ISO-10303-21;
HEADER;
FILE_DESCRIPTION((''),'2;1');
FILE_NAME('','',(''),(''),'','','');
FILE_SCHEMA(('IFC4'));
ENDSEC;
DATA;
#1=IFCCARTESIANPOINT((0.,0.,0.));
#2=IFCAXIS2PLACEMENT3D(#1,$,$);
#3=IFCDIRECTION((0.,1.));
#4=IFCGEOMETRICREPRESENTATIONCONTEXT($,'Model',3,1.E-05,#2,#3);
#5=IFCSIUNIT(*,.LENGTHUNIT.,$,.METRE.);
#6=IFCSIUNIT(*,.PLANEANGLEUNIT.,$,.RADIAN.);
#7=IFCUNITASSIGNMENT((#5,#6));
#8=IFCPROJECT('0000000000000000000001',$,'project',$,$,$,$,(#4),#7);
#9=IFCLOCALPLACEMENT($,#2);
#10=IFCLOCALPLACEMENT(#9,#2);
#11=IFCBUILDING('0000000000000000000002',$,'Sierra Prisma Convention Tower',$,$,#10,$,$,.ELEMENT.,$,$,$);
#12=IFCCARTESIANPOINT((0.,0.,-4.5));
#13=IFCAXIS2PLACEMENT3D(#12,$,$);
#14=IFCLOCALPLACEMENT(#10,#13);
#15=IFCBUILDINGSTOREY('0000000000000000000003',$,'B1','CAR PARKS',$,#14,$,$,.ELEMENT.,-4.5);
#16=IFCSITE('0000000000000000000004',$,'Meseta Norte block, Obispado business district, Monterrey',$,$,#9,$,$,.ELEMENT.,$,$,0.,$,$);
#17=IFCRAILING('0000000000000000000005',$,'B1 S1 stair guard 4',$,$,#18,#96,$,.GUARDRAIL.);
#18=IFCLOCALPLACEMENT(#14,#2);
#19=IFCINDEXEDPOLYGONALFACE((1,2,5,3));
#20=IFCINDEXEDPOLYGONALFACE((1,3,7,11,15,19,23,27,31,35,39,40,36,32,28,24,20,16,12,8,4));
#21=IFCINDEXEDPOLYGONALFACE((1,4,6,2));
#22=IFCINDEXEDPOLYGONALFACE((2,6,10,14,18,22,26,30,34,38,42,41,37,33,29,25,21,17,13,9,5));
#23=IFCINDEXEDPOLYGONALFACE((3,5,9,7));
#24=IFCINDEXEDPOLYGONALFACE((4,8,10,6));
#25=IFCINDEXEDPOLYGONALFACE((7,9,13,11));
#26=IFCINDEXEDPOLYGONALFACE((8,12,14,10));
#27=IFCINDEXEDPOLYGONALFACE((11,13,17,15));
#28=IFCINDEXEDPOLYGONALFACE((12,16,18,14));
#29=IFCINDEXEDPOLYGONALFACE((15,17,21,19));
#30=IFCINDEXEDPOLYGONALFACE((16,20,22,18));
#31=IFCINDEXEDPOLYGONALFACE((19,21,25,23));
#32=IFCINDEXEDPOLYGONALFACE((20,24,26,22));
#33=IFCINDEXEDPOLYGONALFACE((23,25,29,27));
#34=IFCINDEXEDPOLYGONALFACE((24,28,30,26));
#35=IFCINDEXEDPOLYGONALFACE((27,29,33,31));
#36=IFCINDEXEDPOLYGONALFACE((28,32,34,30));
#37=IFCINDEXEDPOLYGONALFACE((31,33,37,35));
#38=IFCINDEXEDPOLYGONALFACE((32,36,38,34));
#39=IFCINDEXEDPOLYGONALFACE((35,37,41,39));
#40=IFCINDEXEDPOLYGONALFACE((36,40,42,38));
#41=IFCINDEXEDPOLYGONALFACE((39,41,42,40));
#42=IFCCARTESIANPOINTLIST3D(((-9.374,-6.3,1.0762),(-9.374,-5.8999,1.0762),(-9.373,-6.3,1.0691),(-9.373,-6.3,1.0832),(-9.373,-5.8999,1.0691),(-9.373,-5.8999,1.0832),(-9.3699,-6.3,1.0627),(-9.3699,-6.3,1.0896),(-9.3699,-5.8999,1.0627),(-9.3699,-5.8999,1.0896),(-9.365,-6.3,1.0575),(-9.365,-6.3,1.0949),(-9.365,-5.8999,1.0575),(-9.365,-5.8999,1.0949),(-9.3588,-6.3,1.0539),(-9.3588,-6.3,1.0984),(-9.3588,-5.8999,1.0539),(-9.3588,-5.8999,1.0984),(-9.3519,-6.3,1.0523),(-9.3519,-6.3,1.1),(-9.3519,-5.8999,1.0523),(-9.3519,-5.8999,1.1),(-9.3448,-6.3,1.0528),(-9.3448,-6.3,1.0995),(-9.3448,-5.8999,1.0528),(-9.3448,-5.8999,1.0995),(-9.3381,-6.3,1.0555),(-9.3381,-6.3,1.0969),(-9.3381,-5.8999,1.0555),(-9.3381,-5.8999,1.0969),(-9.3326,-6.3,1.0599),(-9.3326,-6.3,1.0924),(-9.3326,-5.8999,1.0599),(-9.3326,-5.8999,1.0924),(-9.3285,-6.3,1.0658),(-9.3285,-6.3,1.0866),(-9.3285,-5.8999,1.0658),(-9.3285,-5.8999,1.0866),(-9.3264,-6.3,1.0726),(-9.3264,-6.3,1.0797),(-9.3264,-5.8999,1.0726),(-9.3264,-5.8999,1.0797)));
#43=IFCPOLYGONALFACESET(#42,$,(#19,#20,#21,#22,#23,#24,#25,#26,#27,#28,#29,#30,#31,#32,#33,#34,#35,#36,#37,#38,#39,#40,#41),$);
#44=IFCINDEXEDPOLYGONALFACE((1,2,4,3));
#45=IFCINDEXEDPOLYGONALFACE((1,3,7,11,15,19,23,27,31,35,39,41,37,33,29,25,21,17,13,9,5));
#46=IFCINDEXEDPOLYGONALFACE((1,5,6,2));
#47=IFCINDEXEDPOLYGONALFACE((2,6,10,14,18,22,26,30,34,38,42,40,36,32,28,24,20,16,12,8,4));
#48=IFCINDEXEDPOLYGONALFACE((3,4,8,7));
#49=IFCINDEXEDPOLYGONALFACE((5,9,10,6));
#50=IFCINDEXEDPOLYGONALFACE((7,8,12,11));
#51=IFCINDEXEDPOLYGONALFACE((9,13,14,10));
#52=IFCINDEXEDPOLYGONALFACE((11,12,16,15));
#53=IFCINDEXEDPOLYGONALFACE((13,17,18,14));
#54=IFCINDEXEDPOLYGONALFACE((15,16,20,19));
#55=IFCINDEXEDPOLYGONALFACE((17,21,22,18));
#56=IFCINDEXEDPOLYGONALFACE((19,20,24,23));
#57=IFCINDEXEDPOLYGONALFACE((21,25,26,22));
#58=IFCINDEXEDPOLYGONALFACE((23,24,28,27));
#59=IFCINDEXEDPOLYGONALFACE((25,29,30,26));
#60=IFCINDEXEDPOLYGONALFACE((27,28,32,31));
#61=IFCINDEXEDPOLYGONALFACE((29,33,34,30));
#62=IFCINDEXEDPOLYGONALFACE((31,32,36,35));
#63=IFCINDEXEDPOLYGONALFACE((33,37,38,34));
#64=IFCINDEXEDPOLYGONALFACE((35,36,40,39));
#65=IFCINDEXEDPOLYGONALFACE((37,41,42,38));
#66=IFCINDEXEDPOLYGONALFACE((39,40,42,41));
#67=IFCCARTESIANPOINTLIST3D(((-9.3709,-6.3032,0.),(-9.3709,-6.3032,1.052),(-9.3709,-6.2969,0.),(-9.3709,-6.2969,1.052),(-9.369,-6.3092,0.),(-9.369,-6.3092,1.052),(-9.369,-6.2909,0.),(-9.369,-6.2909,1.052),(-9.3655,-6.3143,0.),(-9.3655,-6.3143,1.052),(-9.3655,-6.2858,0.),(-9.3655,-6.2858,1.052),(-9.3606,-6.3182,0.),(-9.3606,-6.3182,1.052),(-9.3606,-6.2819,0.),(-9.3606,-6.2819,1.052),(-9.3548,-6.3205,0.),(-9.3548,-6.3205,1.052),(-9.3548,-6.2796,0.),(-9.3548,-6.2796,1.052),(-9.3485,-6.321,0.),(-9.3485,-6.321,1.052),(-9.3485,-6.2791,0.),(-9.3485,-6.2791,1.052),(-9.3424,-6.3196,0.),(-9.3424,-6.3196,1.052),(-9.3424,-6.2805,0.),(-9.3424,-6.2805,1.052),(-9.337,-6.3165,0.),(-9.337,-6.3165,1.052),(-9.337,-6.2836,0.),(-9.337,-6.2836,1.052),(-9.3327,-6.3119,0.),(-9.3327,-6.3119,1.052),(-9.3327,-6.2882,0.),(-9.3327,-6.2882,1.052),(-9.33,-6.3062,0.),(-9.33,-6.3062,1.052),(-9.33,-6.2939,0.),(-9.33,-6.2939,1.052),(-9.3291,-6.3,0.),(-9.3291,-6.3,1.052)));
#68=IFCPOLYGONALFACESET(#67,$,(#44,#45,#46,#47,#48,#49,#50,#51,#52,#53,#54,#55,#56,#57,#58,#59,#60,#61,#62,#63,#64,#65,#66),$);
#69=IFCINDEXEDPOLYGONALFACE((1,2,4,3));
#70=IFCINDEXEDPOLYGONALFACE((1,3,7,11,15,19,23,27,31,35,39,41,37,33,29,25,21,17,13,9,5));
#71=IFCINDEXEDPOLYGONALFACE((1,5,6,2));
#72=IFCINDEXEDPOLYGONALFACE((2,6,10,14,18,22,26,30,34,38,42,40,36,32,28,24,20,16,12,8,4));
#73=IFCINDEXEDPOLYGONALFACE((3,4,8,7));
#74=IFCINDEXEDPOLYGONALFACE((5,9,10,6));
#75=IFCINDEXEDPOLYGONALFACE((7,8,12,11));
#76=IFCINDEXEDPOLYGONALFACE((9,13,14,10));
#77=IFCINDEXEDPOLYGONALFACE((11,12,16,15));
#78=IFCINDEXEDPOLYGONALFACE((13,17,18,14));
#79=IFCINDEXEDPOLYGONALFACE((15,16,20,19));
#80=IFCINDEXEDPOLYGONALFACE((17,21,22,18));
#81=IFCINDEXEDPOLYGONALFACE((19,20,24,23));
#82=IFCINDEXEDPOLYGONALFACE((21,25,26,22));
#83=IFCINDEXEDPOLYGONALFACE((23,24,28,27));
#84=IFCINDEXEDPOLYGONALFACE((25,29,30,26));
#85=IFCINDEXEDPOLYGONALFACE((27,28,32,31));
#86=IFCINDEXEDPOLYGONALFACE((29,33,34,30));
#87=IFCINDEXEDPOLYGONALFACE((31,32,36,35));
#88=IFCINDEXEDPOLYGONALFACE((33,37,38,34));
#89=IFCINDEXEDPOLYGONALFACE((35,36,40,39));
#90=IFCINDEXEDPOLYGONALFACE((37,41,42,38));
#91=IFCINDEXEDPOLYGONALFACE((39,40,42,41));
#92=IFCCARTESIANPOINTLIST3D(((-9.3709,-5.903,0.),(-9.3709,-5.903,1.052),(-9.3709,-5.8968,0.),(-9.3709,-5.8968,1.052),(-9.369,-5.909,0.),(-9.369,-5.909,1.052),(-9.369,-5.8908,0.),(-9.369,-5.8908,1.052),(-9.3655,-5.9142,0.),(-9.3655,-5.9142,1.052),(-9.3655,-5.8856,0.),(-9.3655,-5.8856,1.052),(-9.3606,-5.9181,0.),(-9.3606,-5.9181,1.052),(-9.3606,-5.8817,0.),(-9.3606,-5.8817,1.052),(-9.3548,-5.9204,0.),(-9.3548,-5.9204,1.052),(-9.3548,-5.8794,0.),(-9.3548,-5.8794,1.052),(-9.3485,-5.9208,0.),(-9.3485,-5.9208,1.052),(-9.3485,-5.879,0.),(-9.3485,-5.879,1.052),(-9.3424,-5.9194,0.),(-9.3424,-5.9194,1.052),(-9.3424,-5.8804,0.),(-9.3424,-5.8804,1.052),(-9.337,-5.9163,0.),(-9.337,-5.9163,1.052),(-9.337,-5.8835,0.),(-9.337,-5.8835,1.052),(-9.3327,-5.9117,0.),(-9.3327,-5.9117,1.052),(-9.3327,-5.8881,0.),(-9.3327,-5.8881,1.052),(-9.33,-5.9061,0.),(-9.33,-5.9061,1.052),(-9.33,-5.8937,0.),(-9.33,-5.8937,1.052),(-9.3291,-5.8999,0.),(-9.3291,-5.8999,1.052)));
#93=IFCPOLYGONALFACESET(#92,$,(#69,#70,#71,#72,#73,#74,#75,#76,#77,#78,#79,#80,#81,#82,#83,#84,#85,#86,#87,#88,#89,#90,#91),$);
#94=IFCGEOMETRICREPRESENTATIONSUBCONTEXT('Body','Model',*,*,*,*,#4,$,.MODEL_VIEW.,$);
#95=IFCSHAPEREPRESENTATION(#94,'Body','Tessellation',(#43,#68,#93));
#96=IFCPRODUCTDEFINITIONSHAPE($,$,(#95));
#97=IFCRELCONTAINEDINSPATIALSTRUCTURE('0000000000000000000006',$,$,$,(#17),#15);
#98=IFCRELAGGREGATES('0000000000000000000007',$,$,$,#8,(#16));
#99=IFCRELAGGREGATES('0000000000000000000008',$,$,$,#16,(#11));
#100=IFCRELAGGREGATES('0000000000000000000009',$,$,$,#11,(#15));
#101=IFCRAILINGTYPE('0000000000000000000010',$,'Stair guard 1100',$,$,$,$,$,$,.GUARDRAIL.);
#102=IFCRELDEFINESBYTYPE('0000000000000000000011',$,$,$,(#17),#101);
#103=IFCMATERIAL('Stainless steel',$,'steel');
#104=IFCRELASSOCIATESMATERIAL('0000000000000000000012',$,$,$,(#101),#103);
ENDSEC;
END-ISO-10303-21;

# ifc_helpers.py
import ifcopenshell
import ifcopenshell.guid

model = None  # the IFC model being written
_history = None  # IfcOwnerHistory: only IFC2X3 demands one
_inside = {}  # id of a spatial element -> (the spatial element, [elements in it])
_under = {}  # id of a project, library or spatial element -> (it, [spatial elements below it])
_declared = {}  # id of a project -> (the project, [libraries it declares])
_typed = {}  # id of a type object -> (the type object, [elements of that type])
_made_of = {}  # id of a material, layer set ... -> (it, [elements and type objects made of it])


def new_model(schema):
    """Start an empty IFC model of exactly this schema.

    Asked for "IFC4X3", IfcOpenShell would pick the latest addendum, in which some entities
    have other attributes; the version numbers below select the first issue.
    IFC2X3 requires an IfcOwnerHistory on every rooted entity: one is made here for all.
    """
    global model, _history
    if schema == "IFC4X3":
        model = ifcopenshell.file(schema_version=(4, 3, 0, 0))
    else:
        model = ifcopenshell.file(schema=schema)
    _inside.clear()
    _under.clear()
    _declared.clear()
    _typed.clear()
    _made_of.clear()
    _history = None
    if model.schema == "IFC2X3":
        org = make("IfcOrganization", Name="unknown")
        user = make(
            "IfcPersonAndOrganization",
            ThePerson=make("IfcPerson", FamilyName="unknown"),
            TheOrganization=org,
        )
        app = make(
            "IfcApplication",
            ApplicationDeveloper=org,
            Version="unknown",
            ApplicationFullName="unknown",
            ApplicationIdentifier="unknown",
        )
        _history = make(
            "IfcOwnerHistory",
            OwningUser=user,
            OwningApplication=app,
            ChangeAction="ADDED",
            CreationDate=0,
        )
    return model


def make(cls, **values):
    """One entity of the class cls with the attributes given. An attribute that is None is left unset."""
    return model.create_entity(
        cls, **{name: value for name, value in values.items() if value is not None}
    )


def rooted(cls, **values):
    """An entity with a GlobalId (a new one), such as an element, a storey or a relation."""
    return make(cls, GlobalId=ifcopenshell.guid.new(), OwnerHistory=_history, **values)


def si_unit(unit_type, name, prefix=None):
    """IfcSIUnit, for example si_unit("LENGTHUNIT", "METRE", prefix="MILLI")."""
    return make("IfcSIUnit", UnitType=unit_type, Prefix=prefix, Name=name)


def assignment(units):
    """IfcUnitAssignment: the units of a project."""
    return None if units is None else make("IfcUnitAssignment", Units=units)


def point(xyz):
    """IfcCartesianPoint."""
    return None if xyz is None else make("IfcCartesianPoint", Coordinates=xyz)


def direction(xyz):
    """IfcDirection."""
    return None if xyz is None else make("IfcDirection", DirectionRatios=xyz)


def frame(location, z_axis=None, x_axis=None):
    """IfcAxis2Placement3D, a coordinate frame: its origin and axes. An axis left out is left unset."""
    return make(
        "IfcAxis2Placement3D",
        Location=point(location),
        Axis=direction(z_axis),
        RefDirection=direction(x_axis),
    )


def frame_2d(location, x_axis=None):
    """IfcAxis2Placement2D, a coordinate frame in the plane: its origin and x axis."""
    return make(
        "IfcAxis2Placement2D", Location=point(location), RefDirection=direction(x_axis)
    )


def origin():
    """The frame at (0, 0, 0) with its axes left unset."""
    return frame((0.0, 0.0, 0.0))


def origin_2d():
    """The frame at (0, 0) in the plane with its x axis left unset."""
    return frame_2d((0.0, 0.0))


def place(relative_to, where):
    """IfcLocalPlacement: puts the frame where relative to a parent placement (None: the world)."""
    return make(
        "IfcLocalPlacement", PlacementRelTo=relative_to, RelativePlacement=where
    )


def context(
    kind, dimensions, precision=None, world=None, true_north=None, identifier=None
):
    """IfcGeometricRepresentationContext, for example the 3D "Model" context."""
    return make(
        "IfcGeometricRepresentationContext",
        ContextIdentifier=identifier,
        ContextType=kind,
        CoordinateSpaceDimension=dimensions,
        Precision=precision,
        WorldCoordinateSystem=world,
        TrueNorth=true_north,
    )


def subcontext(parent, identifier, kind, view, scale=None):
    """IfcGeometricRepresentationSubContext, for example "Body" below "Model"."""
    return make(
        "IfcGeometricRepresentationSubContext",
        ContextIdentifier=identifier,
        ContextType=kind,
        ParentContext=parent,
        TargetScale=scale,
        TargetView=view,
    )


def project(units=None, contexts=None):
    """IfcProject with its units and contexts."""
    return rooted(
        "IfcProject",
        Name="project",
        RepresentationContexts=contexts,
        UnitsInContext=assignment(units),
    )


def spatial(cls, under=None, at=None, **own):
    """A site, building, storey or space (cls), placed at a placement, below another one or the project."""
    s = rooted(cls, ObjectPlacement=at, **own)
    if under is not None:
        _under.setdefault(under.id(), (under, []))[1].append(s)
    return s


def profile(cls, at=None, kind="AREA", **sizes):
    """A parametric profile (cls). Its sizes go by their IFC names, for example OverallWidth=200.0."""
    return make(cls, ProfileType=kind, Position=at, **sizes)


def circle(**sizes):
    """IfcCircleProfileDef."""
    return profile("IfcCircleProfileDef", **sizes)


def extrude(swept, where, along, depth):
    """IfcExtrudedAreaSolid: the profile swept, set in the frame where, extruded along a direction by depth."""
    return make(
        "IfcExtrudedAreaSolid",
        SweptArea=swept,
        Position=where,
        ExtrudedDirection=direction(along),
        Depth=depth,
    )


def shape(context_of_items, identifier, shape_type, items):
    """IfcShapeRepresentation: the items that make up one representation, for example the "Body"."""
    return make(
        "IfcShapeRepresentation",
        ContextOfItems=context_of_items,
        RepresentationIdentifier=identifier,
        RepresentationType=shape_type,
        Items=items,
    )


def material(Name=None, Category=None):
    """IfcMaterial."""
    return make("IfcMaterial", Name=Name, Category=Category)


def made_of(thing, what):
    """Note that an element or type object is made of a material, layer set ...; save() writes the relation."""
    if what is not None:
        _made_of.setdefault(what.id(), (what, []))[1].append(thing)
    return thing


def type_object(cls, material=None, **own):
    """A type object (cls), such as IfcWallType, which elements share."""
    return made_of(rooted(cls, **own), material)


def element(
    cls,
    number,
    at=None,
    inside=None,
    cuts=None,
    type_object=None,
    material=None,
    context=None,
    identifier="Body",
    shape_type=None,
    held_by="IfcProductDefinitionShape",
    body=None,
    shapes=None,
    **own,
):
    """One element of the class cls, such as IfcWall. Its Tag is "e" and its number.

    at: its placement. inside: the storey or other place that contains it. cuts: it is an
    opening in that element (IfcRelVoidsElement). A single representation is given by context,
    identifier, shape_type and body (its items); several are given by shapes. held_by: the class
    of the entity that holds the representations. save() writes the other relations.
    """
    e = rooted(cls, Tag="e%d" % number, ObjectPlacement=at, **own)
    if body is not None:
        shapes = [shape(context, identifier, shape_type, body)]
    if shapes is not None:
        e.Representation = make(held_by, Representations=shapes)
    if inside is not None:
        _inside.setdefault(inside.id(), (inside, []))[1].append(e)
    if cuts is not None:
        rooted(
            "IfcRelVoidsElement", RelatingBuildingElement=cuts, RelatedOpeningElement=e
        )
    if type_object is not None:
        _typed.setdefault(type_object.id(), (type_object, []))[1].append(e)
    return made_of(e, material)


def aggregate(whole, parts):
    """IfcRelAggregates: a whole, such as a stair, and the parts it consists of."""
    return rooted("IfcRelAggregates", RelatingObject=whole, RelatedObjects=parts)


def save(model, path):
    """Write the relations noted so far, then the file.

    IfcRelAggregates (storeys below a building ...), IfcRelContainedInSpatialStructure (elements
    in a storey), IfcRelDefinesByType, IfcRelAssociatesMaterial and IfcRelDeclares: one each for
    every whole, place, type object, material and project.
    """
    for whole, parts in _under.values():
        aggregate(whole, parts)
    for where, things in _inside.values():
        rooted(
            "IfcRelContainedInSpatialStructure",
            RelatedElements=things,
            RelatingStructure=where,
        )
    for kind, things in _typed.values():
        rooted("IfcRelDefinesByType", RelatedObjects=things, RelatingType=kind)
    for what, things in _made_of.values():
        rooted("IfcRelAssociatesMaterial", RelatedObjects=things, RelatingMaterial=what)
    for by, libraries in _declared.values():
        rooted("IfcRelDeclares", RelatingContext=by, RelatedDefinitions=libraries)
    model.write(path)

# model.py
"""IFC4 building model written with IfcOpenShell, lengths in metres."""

from ifc_helpers import new_model, si_unit, direction, frame, origin, origin_2d, place, context, subcontext, project, spatial, circle, extrude, material, type_object, element, save


model = new_model("IFC4")

# Units and contexts
model_context = context("Model", 3, precision=1e-05, world=origin(), true_north=direction((0.0, 1.0)))
body_context = subcontext(model_context, "Body", "Model", "MODEL_VIEW")
ifc_project = project(units=[si_unit("LENGTHUNIT", "METRE"), si_unit("PLANEANGLEUNIT", "RADIAN")], contexts=[model_context])

# Site, building, storey
site_placement = place(None, origin())
site = spatial("IfcSite", under=ifc_project, at=site_placement, Name="Meseta Norte block, Obispado business district, Monterrey", CompositionType="ELEMENT", RefElevation=0.0)
building_placement = place(site_placement, origin())
building = spatial("IfcBuilding", under=site, at=building_placement, Name="Sierra Prisma Convention Tower", CompositionType="ELEMENT")
storey_placement = place(building_placement, frame((0.0, 0.0, -4.5)))
storey = spatial("IfcBuildingStorey", under=building, at=storey_placement, Name="B1", Description="CAR PARKS", CompositionType="ELEMENT", Elevation=-4.5)

# Railing
ifc_material_1 = material(Name="Stainless steel", Category="steel")
railing_type_1 = type_object("IfcRailingType", Name="Stair guard 1100", PredefinedType="GUARDRAIL", material=ifc_material_1)
railing_1_placement = place(storey_placement, frame((-9.3501, -6.3, 0.0)))
element("IfcRailing", 1, at=railing_1_placement, inside=storey, type_object=railing_type_1, Name="B1 S1 stair guard 4", PredefinedType="GUARDRAIL", context=body_context, shape_type="SweptSolid", body=[
    extrude(circle(Radius=0.0239, at=origin_2d()), frame((0.0, 0.0, 1.0762), z_axis=(0.0, 1.0, 0.0), x_axis=(-1.0, 0.0, 0.0)), (0.0, 0.0, 1.0), 0.4001),
    extrude(circle(Radius=0.021, at=origin_2d()), origin(), (0.0, 0.0, 1.0), 1.052),
    extrude(circle(Radius=0.021, at=origin_2d()), frame((0.0, 0.4001, 0.0)), (0.0, 0.0, 1.0), 1.052),
])

save(model, "model.ifc")
